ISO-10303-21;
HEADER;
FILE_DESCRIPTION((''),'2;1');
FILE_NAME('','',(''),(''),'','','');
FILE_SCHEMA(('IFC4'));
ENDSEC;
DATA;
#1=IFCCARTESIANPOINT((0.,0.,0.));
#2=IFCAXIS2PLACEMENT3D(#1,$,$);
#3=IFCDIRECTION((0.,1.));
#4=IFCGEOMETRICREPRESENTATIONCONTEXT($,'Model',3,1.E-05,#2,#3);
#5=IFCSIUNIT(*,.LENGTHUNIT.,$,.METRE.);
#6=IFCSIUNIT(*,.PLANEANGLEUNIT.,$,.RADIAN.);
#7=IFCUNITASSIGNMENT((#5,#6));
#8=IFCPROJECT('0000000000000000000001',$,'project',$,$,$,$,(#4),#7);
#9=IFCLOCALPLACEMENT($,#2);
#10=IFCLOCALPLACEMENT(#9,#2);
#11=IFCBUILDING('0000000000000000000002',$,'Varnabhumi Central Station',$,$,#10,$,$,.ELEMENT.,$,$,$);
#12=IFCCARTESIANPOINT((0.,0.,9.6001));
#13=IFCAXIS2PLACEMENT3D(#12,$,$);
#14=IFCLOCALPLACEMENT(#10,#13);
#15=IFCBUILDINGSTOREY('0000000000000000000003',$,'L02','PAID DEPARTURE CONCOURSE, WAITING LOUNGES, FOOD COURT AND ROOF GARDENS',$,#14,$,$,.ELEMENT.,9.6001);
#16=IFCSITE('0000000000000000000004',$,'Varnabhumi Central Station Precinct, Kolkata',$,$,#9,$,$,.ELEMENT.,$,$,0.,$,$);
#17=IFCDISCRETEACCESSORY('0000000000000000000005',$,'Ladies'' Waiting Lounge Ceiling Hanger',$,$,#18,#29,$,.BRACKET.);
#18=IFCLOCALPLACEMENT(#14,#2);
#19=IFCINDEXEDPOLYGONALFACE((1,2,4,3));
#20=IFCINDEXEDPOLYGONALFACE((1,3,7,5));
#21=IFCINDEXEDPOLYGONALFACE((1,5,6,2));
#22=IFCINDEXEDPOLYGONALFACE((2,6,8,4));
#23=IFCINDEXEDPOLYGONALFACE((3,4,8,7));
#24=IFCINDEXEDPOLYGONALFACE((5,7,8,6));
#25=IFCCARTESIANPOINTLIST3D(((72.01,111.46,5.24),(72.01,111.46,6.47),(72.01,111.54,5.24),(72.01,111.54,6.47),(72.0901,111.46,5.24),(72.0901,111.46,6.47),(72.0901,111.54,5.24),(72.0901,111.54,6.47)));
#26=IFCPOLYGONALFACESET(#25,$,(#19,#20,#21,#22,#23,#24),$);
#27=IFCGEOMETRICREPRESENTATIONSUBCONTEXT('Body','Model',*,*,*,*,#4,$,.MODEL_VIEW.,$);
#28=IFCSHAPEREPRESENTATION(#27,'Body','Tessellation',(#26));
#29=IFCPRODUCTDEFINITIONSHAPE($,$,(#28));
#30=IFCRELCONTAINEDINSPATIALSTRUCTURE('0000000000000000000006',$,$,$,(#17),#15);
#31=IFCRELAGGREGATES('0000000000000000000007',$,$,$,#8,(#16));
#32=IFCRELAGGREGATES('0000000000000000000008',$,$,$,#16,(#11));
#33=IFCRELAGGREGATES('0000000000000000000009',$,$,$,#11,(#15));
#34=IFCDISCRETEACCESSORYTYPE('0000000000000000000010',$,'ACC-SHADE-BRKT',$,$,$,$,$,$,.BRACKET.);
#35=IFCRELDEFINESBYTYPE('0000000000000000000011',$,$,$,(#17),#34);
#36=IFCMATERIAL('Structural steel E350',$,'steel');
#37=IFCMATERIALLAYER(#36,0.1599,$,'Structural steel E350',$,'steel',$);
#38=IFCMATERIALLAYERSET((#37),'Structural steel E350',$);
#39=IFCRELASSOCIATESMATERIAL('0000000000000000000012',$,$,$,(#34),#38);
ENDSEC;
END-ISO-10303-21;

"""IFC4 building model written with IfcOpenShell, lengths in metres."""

from ifc_helpers import new_model, si_unit, direction, frame, origin, origin_2d, place, context, subcontext, project, spatial, rectangle, extrude, material, layer, layer_set, type_object, element, save


model = new_model("IFC4")

# Units and contexts
model_context = context("Model", 3, precision=1e-05, world=origin(), true_north=direction((0.0, 1.0)))
body_context = subcontext(model_context, "Body", "Model", "MODEL_VIEW")
ifc_project = project(units=[si_unit("LENGTHUNIT", "METRE"), si_unit("PLANEANGLEUNIT", "RADIAN")], contexts=[model_context])

# Site, building, storey
site_placement = place(None, origin())
site = spatial("IfcSite", under=ifc_project, at=site_placement, Name="Varnabhumi Central Station Precinct, Kolkata", CompositionType="ELEMENT", RefElevation=0.0)
building_placement = place(site_placement, origin())
building = spatial("IfcBuilding", under=site, at=building_placement, Name="Varnabhumi Central Station", CompositionType="ELEMENT")
storey_placement = place(building_placement, frame((0.0, 0.0, 9.6001)))
storey = spatial("IfcBuildingStorey", under=building, at=storey_placement, Name="L02", Description="PAID DEPARTURE CONCOURSE, WAITING LOUNGES, FOOD COURT AND ROOF GARDENS", CompositionType="ELEMENT", Elevation=9.6001)

# Shared definitions
ifc_material_1 = material(Name="Structural steel E350", Category="steel")

# Discrete accessory
ifc_layer_1 = layer(ifc_material_1, 0.1599, Name="Structural steel E350", Category="steel")
ifc_layer_set_1 = layer_set([ifc_layer_1], Name="Structural steel E350")
discrete_accessory_type = type_object("IfcDiscreteAccessoryType", Name="ACC-SHADE-BRKT", PredefinedType="BRACKET", material=ifc_layer_set_1)
discrete_accessory_1_placement = place(storey_placement, frame((72.05, 111.5, 5.24), z_axis=(0.0, 0.0, 1.0), x_axis=(1.0, 0.0, 0.0)))
element("IfcDiscreteAccessory", 1, at=discrete_accessory_1_placement, inside=storey, type_object=discrete_accessory_type, Name="Ladies' Waiting Lounge Ceiling Hanger", PredefinedType="BRACKET", context=body_context, shape_type="SweptSolid", body=[
    extrude(rectangle(XDim=0.0801, YDim=0.0801, at=origin_2d()), origin(), (0.0, 0.0, 1.0), 1.23),
])

save(model, "model.ifc")
